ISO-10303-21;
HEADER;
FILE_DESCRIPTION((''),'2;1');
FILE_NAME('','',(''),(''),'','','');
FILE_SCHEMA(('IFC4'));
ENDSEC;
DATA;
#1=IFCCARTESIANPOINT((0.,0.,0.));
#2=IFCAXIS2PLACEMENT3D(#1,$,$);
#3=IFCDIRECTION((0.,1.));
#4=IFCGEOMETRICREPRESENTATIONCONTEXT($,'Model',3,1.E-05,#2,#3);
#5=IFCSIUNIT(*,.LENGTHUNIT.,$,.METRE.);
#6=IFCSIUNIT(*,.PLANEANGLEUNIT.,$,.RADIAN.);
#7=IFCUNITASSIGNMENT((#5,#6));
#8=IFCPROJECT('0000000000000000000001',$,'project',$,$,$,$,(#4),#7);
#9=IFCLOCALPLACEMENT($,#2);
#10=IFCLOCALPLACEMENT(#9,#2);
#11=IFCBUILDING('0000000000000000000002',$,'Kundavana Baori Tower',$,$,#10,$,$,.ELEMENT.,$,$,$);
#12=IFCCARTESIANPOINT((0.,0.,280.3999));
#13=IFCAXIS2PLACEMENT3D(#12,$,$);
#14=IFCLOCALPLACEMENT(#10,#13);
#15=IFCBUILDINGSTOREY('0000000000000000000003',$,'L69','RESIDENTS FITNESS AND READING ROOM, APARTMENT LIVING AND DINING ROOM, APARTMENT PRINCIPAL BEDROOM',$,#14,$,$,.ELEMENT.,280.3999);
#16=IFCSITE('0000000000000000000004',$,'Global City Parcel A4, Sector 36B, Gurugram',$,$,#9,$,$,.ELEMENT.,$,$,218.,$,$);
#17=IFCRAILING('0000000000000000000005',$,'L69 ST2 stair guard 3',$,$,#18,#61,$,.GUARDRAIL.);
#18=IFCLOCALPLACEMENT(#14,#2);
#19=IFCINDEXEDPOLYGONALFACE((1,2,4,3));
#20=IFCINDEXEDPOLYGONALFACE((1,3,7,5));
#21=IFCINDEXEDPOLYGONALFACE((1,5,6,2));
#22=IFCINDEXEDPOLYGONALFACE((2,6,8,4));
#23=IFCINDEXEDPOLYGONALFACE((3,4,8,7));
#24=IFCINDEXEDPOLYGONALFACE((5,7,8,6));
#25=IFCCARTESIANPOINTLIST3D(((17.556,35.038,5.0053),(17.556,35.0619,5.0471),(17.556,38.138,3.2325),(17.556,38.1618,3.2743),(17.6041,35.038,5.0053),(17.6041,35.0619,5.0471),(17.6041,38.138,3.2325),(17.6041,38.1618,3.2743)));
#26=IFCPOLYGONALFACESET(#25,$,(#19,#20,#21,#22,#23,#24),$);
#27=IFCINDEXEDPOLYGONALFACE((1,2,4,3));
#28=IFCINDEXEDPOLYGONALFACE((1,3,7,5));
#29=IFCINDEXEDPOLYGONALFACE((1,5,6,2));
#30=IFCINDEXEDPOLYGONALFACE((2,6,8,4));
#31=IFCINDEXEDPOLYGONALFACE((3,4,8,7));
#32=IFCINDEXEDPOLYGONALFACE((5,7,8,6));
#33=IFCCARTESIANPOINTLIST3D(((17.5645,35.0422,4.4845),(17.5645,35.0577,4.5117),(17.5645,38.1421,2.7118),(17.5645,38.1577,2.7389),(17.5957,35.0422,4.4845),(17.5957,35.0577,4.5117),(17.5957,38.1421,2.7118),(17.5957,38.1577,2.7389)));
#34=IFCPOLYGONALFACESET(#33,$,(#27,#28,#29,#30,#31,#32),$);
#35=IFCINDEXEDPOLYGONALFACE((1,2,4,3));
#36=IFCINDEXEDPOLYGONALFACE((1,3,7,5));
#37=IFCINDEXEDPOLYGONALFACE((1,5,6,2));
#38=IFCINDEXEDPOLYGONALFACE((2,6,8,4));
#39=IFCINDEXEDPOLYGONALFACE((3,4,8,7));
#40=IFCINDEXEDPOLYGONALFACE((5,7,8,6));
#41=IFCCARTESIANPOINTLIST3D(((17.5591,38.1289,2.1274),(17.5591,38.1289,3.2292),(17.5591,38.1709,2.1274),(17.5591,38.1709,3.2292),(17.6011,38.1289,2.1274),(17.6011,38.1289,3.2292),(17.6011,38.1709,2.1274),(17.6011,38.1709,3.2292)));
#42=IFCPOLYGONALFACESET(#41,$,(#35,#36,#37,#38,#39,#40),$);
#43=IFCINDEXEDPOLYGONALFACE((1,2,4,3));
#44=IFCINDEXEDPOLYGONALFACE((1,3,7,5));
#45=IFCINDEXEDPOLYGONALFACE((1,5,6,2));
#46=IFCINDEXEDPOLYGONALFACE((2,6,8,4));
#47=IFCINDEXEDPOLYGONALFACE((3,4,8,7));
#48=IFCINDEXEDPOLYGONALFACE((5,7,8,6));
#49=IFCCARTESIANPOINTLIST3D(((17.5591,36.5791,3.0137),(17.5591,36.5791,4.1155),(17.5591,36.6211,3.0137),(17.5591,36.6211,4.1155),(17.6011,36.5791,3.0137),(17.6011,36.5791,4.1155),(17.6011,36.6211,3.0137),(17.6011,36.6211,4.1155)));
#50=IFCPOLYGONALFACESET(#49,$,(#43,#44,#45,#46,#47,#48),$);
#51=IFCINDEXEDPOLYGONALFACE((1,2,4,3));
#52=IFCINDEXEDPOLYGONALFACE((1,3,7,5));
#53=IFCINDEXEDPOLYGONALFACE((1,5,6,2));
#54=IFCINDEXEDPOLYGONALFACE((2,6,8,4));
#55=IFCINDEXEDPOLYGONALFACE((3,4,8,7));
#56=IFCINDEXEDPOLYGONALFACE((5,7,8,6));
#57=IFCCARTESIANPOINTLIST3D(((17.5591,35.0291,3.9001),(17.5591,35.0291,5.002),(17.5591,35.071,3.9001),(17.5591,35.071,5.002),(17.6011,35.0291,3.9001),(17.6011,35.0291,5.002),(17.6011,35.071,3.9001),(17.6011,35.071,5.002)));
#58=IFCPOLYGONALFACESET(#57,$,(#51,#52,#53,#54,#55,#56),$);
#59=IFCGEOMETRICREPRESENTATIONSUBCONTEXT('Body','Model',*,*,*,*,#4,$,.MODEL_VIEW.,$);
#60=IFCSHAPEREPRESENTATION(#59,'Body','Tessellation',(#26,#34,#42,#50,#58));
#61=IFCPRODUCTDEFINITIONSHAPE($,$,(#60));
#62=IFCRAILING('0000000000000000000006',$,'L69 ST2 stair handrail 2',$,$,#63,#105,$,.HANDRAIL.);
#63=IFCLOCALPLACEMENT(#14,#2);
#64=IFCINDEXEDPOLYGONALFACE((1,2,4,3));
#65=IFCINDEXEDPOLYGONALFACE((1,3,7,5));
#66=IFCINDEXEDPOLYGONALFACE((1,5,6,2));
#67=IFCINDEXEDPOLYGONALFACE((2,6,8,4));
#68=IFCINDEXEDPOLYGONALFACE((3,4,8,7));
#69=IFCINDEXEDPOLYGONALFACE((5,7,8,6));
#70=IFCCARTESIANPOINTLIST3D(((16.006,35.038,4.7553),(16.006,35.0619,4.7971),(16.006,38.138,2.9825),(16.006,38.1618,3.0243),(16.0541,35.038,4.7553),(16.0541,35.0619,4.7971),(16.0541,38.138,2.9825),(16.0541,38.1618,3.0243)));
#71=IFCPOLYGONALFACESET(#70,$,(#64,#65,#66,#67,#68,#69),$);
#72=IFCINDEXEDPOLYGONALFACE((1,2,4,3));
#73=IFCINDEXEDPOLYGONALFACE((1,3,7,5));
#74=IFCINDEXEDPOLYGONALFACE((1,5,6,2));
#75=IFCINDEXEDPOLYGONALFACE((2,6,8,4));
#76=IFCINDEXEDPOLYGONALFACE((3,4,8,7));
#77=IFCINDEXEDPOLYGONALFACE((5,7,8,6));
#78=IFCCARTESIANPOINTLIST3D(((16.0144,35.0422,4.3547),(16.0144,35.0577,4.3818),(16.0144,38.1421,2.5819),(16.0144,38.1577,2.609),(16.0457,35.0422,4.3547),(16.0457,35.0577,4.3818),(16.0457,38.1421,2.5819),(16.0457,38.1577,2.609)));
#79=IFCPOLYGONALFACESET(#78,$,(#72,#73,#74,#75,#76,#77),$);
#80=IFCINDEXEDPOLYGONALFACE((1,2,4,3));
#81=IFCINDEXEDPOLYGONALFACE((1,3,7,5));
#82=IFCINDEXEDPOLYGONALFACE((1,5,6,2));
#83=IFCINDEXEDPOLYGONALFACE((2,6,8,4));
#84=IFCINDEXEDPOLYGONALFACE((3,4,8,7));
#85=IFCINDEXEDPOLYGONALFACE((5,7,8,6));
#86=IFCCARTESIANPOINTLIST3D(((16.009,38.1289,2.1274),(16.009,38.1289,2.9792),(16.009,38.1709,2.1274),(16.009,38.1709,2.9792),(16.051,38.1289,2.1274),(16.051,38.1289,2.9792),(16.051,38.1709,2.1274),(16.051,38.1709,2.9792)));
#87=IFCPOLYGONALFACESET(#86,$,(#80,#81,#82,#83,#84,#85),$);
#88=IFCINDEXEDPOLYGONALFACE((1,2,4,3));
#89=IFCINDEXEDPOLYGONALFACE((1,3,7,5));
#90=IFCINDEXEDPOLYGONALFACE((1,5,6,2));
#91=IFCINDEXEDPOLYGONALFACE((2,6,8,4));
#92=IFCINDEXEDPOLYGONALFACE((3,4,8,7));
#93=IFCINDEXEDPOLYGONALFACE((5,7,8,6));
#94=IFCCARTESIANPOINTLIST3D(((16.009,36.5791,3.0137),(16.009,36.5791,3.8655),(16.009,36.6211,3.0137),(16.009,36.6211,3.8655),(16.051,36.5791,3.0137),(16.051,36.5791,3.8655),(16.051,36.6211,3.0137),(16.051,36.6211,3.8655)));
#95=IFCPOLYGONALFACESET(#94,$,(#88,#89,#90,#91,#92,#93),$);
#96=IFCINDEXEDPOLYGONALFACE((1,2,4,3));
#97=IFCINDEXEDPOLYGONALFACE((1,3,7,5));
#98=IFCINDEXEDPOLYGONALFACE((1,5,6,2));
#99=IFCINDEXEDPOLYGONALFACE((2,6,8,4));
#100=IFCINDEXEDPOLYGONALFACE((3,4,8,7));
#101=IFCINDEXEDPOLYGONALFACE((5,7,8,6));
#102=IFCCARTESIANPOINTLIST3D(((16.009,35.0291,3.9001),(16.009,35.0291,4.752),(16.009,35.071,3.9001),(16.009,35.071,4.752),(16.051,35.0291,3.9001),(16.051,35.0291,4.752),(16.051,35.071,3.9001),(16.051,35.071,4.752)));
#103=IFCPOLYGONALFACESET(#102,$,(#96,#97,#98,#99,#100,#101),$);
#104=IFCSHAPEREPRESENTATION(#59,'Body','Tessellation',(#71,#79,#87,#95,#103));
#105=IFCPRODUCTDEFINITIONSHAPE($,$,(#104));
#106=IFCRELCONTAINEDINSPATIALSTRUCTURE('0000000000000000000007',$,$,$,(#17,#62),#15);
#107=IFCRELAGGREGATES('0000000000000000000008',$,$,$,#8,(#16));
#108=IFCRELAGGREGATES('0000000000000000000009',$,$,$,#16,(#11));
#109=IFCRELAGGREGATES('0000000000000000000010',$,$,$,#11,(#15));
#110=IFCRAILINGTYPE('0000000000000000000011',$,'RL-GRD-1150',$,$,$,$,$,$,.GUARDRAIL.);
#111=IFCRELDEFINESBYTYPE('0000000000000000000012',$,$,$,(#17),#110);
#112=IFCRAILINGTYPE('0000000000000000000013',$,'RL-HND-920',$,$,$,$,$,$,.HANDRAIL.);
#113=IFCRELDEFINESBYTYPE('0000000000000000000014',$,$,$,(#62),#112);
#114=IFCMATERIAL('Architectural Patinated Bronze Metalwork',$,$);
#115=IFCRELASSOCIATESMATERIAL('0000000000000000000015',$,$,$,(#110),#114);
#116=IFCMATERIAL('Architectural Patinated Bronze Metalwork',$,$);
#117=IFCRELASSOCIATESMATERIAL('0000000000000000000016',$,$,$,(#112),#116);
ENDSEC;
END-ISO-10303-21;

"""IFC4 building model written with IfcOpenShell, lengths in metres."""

from ifc_helpers import new_model, si_unit, direction, frame, origin, origin_2d, place, context, subcontext, project, spatial, rectangle, extrude, material, type_object, element, save


model = new_model("IFC4")

# Units and contexts
model_context = context("Model", 3, precision=1e-05, world=origin(), true_north=direction((0.0, 1.0)))
body_context = subcontext(model_context, "Body", "Model", "MODEL_VIEW")
ifc_project = project(units=[si_unit("LENGTHUNIT", "METRE"), si_unit("PLANEANGLEUNIT", "RADIAN")], contexts=[model_context])

# Site, building, storey
site_placement = place(None, origin())
site = spatial("IfcSite", under=ifc_project, at=site_placement, Name="Global City Parcel A4, Sector 36B, Gurugram", CompositionType="ELEMENT", RefElevation=218.0)
building_placement = place(site_placement, origin())
building = spatial("IfcBuilding", under=site, at=building_placement, Name="Kundavana Baori Tower", CompositionType="ELEMENT")
storey_placement = place(building_placement, frame((0.0, 0.0, 280.3999)))
storey = spatial("IfcBuildingStorey", under=building, at=storey_placement, Name="L69", Description="RESIDENTS FITNESS AND READING ROOM, APARTMENT LIVING AND DINING ROOM, APARTMENT PRINCIPAL BEDROOM", CompositionType="ELEMENT", Elevation=280.3999)

# Railings
ifc_material_1 = material(Name="Architectural Patinated Bronze Metalwork")
railing_type_1 = type_object("IfcRailingType", Name="RL-GRD-1150", PredefinedType="GUARDRAIL", material=ifc_material_1)
railing_1_placement = place(storey_placement, frame((17.5801, 38.1499, 2.1274)))
element("IfcRailing", 1, at=railing_1_placement, inside=storey, type_object=railing_type_1, Name="L69 ST2 stair guard 3", PredefinedType="GUARDRAIL", context=body_context, shape_type="SweptSolid", body=[
    extrude(rectangle(XDim=0.0481, YDim=0.0481, at=origin_2d()), frame((0.0, 0.0, 1.126), z_axis=(0.0, -0.868079, 0.496426), x_axis=(1.0, 0.0, 0.0)), (0.0, 0.0, 1.0), 3.571),
    extrude(rectangle(XDim=0.0312, YDim=0.0312, at=origin_2d()), frame((0.0, 0.0, 0.5979), z_axis=(0.0, -0.868079, 0.496426), x_axis=(1.0, 0.0, 0.0)), (0.0, 0.0, 1.0), 3.571),
    extrude(rectangle(XDim=0.042, YDim=0.042, at=origin_2d()), origin(), (0.0, 0.0, 1.0), 1.1018),
    extrude(rectangle(XDim=0.042, YDim=0.042, at=origin_2d()), frame((0.0, -1.5498, 0.8862)), (0.0, 0.0, 1.0), 1.1018),
    extrude(rectangle(XDim=0.042, YDim=0.042, at=origin_2d()), frame((0.0, -3.0999, 1.7727)), (0.0, 0.0, 1.0), 1.1018),
])
ifc_material_2 = material(Name="Architectural Patinated Bronze Metalwork")
railing_type_2 = type_object("IfcRailingType", Name="RL-HND-920", PredefinedType="HANDRAIL", material=ifc_material_2)
railing_2_placement = place(storey_placement, frame((16.03, 38.1499, 2.1274)))
element("IfcRailing", 2, at=railing_2_placement, inside=storey, type_object=railing_type_2, Name="L69 ST2 stair handrail 2", PredefinedType="HANDRAIL", context=body_context, shape_type="SweptSolid", body=[
    extrude(rectangle(XDim=0.0481, YDim=0.0481, at=origin_2d()), frame((0.0, 0.0, 0.876), z_axis=(0.0, -0.868079, 0.496426), x_axis=(1.0, 0.0, 0.0)), (0.0, 0.0, 1.0), 3.571),
    extrude(rectangle(XDim=0.0312, YDim=0.0312, at=origin_2d()), frame((0.0, 0.0, 0.468), z_axis=(0.0, -0.868079, 0.496426), x_axis=(1.0, 0.0, 0.0)), (0.0, 0.0, 1.0), 3.571),
    extrude(rectangle(XDim=0.042, YDim=0.042, at=origin_2d()), origin(), (0.0, 0.0, 1.0), 0.8518),
    extrude(rectangle(XDim=0.042, YDim=0.042, at=origin_2d()), frame((0.0, -1.5498, 0.8862)), (0.0, 0.0, 1.0), 0.8518),
    extrude(rectangle(XDim=0.042, YDim=0.042, at=origin_2d()), frame((0.0, -3.0999, 1.7727)), (0.0, 0.0, 1.0), 0.8518),
])

save(model, "model.ifc")
